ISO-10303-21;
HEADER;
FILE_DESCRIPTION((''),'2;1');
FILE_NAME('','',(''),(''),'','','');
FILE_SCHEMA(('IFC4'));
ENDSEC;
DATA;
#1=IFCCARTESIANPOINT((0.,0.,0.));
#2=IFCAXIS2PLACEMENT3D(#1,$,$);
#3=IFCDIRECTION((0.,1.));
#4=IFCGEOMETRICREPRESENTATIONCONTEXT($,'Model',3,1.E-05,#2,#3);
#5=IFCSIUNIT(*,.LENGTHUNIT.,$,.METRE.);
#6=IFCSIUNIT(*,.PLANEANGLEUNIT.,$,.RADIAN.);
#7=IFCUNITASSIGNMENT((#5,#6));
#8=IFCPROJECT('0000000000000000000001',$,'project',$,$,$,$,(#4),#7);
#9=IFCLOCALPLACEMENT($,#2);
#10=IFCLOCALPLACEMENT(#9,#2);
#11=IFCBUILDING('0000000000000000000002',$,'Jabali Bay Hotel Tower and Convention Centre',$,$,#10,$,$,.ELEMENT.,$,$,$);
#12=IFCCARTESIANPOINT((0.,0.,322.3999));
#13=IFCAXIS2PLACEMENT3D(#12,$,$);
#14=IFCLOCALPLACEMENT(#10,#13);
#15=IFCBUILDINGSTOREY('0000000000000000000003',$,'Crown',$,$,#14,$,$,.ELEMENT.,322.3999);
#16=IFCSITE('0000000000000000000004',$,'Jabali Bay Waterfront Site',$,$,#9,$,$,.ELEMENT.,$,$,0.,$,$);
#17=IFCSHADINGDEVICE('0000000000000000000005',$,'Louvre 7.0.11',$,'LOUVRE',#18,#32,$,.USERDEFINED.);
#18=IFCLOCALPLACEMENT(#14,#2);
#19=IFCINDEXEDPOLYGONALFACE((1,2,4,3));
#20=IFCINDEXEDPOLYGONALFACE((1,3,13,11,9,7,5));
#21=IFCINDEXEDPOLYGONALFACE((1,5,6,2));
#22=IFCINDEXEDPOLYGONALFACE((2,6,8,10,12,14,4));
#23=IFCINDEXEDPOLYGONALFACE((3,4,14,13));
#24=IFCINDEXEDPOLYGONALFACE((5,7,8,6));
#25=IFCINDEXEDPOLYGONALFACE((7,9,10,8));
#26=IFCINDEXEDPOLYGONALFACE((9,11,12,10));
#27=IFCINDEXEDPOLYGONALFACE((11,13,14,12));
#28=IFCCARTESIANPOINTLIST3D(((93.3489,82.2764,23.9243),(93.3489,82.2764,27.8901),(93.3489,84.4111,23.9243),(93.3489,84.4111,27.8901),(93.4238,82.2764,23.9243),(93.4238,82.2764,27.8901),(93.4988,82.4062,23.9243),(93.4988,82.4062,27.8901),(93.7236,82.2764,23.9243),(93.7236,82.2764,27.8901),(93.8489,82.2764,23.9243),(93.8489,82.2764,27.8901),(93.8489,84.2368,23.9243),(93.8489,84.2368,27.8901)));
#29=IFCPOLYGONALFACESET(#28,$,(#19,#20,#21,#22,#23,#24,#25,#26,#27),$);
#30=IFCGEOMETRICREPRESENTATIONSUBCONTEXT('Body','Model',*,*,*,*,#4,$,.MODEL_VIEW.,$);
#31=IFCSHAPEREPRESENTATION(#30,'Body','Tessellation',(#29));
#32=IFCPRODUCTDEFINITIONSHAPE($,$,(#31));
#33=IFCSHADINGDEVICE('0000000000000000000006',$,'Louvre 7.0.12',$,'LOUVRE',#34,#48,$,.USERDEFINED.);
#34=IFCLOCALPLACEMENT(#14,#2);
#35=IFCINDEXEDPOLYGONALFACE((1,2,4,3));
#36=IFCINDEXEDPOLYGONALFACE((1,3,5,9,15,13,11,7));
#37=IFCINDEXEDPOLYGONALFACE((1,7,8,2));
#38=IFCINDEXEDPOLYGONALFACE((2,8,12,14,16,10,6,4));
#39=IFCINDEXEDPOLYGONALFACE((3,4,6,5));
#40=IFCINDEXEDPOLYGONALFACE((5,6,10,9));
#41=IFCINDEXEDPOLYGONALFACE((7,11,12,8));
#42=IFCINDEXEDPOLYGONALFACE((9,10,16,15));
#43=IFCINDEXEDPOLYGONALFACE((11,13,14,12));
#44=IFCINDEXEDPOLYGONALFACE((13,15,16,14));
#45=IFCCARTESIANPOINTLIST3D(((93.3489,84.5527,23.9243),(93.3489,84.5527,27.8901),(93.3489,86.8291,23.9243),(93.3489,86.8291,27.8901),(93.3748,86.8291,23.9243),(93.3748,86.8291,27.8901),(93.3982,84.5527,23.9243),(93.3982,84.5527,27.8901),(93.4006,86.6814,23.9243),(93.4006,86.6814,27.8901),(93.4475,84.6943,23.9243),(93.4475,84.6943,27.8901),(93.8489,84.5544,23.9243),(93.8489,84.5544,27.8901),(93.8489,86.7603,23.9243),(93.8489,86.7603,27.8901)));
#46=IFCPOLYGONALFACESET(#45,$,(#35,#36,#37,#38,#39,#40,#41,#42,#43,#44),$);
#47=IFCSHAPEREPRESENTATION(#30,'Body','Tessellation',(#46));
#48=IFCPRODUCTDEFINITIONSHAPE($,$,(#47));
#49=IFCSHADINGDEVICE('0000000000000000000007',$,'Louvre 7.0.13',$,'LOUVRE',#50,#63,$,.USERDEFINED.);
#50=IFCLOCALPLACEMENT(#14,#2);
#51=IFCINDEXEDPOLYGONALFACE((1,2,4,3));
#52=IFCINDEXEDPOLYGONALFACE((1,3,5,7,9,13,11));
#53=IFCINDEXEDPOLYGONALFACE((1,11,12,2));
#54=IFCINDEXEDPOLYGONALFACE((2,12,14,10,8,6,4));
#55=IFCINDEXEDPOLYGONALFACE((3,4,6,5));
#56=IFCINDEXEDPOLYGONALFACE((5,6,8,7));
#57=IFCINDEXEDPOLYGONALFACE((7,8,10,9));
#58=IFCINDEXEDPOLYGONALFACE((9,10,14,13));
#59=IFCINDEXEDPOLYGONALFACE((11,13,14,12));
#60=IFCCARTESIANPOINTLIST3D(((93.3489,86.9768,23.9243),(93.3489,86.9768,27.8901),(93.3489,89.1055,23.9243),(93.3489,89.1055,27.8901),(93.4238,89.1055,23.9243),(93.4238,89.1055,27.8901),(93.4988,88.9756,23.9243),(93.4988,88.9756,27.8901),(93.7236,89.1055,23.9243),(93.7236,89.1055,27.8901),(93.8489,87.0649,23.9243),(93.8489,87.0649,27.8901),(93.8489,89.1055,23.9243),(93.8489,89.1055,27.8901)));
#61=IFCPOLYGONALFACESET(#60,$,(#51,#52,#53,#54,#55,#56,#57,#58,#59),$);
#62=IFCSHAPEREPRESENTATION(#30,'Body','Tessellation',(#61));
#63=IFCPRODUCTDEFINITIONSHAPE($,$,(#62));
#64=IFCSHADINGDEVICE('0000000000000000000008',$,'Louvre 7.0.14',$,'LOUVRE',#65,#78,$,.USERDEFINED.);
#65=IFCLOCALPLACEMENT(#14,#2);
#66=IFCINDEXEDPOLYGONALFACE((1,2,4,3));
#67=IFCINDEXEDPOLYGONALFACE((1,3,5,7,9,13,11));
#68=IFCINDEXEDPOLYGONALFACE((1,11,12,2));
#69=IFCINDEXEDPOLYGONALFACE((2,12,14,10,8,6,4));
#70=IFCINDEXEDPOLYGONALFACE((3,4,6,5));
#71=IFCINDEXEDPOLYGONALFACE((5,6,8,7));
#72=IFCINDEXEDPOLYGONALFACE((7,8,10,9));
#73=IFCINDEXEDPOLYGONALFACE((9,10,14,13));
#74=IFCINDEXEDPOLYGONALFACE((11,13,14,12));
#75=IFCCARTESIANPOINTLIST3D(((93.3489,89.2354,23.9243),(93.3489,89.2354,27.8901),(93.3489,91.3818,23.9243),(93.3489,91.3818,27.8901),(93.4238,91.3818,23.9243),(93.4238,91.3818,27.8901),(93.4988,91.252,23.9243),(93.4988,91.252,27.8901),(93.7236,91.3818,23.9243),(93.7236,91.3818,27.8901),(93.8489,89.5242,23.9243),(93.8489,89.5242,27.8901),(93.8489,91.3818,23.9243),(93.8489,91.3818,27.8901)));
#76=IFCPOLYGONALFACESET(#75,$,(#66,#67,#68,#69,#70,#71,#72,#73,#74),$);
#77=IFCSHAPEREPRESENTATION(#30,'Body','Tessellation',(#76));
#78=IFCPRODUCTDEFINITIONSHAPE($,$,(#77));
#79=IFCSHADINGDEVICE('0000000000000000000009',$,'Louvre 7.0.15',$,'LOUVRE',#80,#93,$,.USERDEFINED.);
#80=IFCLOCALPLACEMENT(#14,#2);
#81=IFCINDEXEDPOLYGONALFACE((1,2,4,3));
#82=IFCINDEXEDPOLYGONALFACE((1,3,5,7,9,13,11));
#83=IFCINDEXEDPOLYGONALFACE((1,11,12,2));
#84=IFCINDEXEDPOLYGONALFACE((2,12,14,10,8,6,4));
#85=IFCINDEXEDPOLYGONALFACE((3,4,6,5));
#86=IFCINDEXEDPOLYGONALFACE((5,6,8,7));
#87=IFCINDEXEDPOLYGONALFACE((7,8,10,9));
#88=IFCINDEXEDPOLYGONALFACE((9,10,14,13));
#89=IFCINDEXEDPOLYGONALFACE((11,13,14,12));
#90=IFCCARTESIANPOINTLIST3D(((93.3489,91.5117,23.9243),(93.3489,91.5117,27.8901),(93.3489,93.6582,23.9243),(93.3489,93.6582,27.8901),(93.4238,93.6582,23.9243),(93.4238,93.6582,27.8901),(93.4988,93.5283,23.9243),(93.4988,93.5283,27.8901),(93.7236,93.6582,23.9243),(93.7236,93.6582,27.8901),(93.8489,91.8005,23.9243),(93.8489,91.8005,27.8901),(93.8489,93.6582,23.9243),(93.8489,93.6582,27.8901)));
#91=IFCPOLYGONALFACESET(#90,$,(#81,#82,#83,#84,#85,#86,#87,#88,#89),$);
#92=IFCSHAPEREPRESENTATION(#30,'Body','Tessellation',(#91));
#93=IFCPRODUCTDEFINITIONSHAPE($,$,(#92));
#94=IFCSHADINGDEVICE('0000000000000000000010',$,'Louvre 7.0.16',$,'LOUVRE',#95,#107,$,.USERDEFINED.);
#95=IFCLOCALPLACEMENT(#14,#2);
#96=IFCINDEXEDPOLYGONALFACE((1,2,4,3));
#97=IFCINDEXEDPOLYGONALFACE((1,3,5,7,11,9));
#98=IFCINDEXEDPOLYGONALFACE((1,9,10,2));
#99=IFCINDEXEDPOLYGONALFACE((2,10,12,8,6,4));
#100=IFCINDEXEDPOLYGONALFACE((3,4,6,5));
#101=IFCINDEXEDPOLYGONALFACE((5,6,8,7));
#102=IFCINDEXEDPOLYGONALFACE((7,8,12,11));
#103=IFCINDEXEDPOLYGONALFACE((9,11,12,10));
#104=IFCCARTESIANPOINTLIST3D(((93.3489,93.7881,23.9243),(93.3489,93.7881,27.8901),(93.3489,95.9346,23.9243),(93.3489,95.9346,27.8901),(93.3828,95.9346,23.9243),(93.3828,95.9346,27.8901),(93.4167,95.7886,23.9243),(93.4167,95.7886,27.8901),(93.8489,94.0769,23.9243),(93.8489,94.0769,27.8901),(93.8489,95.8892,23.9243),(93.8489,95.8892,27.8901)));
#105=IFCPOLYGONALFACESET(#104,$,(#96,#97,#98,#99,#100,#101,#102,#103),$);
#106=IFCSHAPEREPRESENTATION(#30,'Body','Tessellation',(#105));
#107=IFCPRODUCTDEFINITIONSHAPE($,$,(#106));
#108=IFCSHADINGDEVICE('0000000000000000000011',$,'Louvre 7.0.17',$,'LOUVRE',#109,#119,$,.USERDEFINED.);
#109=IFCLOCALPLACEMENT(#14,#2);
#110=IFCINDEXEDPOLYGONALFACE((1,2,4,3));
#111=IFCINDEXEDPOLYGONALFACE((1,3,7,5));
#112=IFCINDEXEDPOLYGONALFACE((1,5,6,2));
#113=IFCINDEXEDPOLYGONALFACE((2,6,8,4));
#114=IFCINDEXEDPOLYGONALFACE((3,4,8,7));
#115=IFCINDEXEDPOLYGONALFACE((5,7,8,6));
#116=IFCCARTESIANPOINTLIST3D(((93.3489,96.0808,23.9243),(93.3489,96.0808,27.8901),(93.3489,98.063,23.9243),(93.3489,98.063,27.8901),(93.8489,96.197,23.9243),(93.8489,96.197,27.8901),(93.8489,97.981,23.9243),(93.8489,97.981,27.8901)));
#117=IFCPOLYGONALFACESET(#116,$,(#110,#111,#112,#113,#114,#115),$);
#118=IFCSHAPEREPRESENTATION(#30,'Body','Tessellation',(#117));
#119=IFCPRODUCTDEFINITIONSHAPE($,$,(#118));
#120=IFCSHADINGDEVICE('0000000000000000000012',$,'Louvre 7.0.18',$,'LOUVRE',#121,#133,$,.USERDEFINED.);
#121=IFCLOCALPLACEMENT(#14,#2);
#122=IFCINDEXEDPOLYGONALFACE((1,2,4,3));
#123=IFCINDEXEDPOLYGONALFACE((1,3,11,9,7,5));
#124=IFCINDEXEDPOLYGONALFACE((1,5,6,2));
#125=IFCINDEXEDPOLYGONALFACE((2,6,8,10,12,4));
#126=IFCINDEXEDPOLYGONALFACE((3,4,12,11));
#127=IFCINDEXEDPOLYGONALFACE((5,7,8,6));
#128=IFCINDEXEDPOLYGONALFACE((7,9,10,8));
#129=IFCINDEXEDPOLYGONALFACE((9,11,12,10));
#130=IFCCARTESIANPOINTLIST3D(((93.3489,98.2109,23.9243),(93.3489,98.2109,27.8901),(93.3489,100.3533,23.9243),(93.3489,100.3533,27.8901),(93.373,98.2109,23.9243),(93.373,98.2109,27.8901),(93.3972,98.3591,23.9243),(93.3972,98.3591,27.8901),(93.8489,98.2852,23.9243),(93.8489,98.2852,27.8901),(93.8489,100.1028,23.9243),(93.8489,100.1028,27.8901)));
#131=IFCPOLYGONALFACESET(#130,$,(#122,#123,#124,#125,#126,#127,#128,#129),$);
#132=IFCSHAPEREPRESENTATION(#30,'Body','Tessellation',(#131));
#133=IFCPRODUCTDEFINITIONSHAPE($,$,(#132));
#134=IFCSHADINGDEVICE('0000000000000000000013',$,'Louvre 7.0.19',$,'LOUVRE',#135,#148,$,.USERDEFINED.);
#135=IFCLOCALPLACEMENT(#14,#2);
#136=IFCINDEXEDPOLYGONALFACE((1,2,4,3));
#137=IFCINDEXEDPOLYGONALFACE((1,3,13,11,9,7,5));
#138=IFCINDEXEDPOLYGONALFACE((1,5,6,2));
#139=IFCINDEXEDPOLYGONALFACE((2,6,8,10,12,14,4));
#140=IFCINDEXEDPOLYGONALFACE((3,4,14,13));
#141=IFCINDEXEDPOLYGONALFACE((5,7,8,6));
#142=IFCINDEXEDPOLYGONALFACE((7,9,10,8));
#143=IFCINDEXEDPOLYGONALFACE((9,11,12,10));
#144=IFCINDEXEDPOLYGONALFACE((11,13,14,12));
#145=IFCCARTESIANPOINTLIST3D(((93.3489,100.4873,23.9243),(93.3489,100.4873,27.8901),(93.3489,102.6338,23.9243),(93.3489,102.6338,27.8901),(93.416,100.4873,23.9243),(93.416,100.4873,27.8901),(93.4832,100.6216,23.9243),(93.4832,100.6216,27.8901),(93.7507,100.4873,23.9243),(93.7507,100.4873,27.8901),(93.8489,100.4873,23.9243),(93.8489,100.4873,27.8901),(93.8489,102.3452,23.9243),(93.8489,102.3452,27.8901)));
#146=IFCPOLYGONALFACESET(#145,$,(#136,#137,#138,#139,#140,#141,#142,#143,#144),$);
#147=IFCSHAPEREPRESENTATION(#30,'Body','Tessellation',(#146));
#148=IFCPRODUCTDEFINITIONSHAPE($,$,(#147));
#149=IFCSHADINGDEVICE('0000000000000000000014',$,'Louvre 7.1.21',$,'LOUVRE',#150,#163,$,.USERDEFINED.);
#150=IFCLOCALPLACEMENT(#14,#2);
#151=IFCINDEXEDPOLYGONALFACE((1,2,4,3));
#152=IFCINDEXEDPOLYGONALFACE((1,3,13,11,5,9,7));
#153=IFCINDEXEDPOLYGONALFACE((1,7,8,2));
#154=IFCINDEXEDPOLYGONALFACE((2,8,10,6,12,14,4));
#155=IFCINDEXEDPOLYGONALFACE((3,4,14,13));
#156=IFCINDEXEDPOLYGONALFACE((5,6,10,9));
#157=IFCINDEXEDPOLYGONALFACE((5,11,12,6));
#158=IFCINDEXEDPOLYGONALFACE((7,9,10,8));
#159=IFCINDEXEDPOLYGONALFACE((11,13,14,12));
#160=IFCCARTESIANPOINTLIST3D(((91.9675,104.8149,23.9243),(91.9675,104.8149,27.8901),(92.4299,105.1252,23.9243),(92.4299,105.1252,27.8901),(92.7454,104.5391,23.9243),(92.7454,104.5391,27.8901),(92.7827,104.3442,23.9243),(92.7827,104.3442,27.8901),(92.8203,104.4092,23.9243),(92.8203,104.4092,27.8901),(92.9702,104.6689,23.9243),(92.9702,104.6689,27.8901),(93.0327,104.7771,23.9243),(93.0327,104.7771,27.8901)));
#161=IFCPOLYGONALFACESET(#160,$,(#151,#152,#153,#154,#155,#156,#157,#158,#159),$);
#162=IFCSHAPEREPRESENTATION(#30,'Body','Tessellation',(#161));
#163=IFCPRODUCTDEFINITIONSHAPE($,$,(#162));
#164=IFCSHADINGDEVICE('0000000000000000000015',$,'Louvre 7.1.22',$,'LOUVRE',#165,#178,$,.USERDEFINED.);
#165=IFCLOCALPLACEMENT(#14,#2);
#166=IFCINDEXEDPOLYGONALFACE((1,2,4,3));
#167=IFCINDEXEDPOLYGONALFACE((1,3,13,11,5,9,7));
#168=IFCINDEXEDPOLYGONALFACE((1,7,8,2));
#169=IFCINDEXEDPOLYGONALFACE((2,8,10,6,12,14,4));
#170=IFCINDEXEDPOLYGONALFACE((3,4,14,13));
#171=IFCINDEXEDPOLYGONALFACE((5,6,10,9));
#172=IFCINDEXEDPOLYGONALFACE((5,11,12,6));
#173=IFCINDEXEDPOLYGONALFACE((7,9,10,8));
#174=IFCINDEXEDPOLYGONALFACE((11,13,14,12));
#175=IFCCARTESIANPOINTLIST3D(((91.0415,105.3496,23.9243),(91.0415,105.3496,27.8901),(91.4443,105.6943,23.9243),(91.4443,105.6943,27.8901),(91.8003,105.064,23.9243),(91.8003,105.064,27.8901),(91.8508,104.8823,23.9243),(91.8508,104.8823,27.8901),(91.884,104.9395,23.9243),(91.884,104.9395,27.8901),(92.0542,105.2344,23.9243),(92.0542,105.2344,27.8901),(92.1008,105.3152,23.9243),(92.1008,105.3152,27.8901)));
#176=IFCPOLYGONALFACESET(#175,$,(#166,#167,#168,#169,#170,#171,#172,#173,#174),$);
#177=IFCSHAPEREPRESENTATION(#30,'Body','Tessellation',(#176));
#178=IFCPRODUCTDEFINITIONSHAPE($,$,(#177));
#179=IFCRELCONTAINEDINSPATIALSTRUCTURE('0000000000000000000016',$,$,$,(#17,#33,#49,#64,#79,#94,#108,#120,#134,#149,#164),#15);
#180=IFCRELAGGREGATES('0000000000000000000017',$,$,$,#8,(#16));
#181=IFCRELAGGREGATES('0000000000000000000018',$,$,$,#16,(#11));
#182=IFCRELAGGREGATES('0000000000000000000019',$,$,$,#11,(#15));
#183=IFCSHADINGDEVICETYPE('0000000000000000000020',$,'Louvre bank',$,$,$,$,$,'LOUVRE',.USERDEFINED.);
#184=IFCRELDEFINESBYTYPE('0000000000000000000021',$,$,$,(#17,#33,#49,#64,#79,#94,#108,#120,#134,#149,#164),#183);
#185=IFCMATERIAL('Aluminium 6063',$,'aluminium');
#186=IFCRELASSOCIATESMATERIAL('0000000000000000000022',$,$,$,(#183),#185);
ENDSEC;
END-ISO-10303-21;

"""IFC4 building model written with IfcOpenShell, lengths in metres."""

from ifc_helpers import new_model, si_unit, direction, frame, origin, place, context, subcontext, project, spatial, polyline, outline, extrude, material, type_object, element, save


model = new_model("IFC4")

# Units and contexts
model_context = context("Model", 3, precision=1e-05, world=origin(), true_north=direction((0.0, 1.0)))
body_context = subcontext(model_context, "Body", "Model", "MODEL_VIEW")
ifc_project = project(units=[si_unit("LENGTHUNIT", "METRE"), si_unit("PLANEANGLEUNIT", "RADIAN")], contexts=[model_context])

# Site, building, storey
site_placement = place(None, origin())
site = spatial("IfcSite", under=ifc_project, at=site_placement, Name="Jabali Bay Waterfront Site", CompositionType="ELEMENT", RefElevation=0.0)
building_placement = place(site_placement, origin())
building = spatial("IfcBuilding", under=site, at=building_placement, Name="Jabali Bay Hotel Tower and Convention Centre", CompositionType="ELEMENT")
storey_placement = place(building_placement, frame((0.0, 0.0, 322.3999)))
storey = spatial("IfcBuildingStorey", under=building, at=storey_placement, Name="Crown", CompositionType="ELEMENT", Elevation=322.3999)

# Shading devices
ifc_material = material(Name="Aluminium 6063", Category="aluminium")
shading_device_type = type_object("IfcShadingDeviceType", Name="Louvre bank", ElementType="LOUVRE", PredefinedType="USERDEFINED", material=ifc_material)
shading_device_1_placement = place(storey_placement, frame((0.0, 0.0, 23.9243)))
element("IfcShadingDevice", 1, at=shading_device_1_placement, inside=storey, type_object=shading_device_type, Name="Louvre 7.0.11", ObjectType="LOUVRE", PredefinedType="USERDEFINED", context=body_context, shape_type="SweptSolid", body=[
    extrude(outline(polyline([(93.3489, 84.4111), (93.3489, 82.2764), (93.4238, 82.2764), (93.4988, 82.4062), (93.7236, 82.2764), (93.8489, 82.2764), (93.8489, 84.2368), (93.3489, 84.4111)])), origin(), (0.0, 0.0, 1.0), 3.9658),
])
shading_device_2_placement = place(storey_placement, frame((0.0, 0.0, 23.9243)))
element("IfcShadingDevice", 2, at=shading_device_2_placement, inside=storey, type_object=shading_device_type, Name="Louvre 7.0.12", ObjectType="LOUVRE", PredefinedType="USERDEFINED", context=body_context, shape_type="SweptSolid", body=[
    extrude(outline(polyline([(93.3489, 86.8291), (93.3489, 84.5527), (93.3982, 84.5527), (93.4475, 84.6943), (93.8489, 84.5544), (93.8489, 86.7603), (93.4006, 86.6814), (93.3748, 86.8291), (93.3489, 86.8291)])), origin(), (0.0, 0.0, 1.0), 3.9658),
])
shading_device_3_placement = place(storey_placement, frame((0.0, 0.0, 23.9243)))
element("IfcShadingDevice", 3, at=shading_device_3_placement, inside=storey, type_object=shading_device_type, Name="Louvre 7.0.13", ObjectType="LOUVRE", PredefinedType="USERDEFINED", context=body_context, shape_type="SweptSolid", body=[
    extrude(outline(polyline([(93.3489, 89.1055), (93.3489, 86.9768), (93.8489, 87.0649), (93.8489, 89.1055), (93.7236, 89.1055), (93.4988, 88.9756), (93.4238, 89.1055), (93.3489, 89.1055)])), origin(), (0.0, 0.0, 1.0), 3.9658),
])
shading_device_4_placement = place(storey_placement, frame((0.0, 0.0, 23.9243)))
element("IfcShadingDevice", 4, at=shading_device_4_placement, inside=storey, type_object=shading_device_type, Name="Louvre 7.0.14", ObjectType="LOUVRE", PredefinedType="USERDEFINED", context=body_context, shape_type="SweptSolid", body=[
    extrude(outline(polyline([(93.3489, 91.3818), (93.3489, 89.2354), (93.8489, 89.5242), (93.8489, 91.3818), (93.7236, 91.3818), (93.4988, 91.252), (93.4238, 91.3818), (93.3489, 91.3818)])), origin(), (0.0, 0.0, 1.0), 3.9658),
])
shading_device_5_placement = place(storey_placement, frame((0.0, 0.0, 23.9243)))
element("IfcShadingDevice", 5, at=shading_device_5_placement, inside=storey, type_object=shading_device_type, Name="Louvre 7.0.15", ObjectType="LOUVRE", PredefinedType="USERDEFINED", context=body_context, shape_type="SweptSolid", body=[
    extrude(outline(polyline([(93.3489, 93.6582), (93.3489, 91.5117), (93.8489, 91.8005), (93.8489, 93.6582), (93.7236, 93.6582), (93.4988, 93.5283), (93.4238, 93.6582), (93.3489, 93.6582)])), origin(), (0.0, 0.0, 1.0), 3.9658),
])
shading_device_6_placement = place(storey_placement, frame((0.0, 0.0, 23.9243)))
element("IfcShadingDevice", 6, at=shading_device_6_placement, inside=storey, type_object=shading_device_type, Name="Louvre 7.0.16", ObjectType="LOUVRE", PredefinedType="USERDEFINED", context=body_context, shape_type="SweptSolid", body=[
    extrude(outline(polyline([(93.3489, 95.9346), (93.3489, 93.7881), (93.8489, 94.0769), (93.8489, 95.8892), (93.4167, 95.7886), (93.3828, 95.9346), (93.3489, 95.9346)])), origin(), (0.0, 0.0, 1.0), 3.9658),
])
shading_device_7_placement = place(storey_placement, frame((0.0, 0.0, 23.9243)))
element("IfcShadingDevice", 7, at=shading_device_7_placement, inside=storey, type_object=shading_device_type, Name="Louvre 7.0.17", ObjectType="LOUVRE", PredefinedType="USERDEFINED", context=body_context, shape_type="SweptSolid", body=[
    extrude(outline(polyline([(93.3489, 98.063), (93.3489, 96.0808), (93.8489, 96.197), (93.8489, 97.981), (93.3489, 98.063)])), origin(), (0.0, 0.0, 1.0), 3.9658),
])
shading_device_8_placement = place(storey_placement, frame((0.0, 0.0, 23.9243)))
element("IfcShadingDevice", 8, at=shading_device_8_placement, inside=storey, type_object=shading_device_type, Name="Louvre 7.0.18", ObjectType="LOUVRE", PredefinedType="USERDEFINED", context=body_context, shape_type="SweptSolid", body=[
    extrude(outline(polyline([(93.3489, 100.3533), (93.3489, 98.2109), (93.373, 98.2109), (93.3972, 98.3591), (93.8489, 98.2852), (93.8489, 100.1028), (93.3489, 100.3533)])), origin(), (0.0, 0.0, 1.0), 3.9658),
])
shading_device_9_placement = place(storey_placement, frame((0.0, 0.0, 23.9243)))
element("IfcShadingDevice", 9, at=shading_device_9_placement, inside=storey, type_object=shading_device_type, Name="Louvre 7.0.19", ObjectType="LOUVRE", PredefinedType="USERDEFINED", context=body_context, shape_type="SweptSolid", body=[
    extrude(outline(polyline([(93.3489, 102.6338), (93.3489, 100.4873), (93.416, 100.4873), (93.4832, 100.6216), (93.7507, 100.4873), (93.8489, 100.4873), (93.8489, 102.3452), (93.3489, 102.6338)])), origin(), (0.0, 0.0, 1.0), 3.9658),
])
shading_device_10_placement = place(storey_placement, frame((0.0, 0.0, 23.9243)))
element("IfcShadingDevice", 10, at=shading_device_10_placement, inside=storey, type_object=shading_device_type, Name="Louvre 7.1.21", ObjectType="LOUVRE", PredefinedType="USERDEFINED", context=body_context, shape_type="SweptSolid", body=[
    extrude(outline(polyline([(91.9675, 104.8149), (92.7827, 104.3442), (92.8203, 104.4092), (92.7454, 104.5391), (92.9702, 104.6689), (93.0327, 104.7771), (92.4299, 105.1252), (91.9675, 104.8149)])), origin(), (0.0, 0.0, 1.0), 3.9658),
])
shading_device_11_placement = place(storey_placement, frame((0.0, 0.0, 23.9243)))
element("IfcShadingDevice", 11, at=shading_device_11_placement, inside=storey, type_object=shading_device_type, Name="Louvre 7.1.22", ObjectType="LOUVRE", PredefinedType="USERDEFINED", context=body_context, shape_type="SweptSolid", body=[
    extrude(outline(polyline([(91.0415, 105.3496), (91.8508, 104.8823), (91.884, 104.9395), (91.8003, 105.064), (92.0542, 105.2344), (92.1008, 105.3152), (91.4443, 105.6943), (91.0415, 105.3496)])), origin(), (0.0, 0.0, 1.0), 3.9658),
])

save(model, "model.ifc")
